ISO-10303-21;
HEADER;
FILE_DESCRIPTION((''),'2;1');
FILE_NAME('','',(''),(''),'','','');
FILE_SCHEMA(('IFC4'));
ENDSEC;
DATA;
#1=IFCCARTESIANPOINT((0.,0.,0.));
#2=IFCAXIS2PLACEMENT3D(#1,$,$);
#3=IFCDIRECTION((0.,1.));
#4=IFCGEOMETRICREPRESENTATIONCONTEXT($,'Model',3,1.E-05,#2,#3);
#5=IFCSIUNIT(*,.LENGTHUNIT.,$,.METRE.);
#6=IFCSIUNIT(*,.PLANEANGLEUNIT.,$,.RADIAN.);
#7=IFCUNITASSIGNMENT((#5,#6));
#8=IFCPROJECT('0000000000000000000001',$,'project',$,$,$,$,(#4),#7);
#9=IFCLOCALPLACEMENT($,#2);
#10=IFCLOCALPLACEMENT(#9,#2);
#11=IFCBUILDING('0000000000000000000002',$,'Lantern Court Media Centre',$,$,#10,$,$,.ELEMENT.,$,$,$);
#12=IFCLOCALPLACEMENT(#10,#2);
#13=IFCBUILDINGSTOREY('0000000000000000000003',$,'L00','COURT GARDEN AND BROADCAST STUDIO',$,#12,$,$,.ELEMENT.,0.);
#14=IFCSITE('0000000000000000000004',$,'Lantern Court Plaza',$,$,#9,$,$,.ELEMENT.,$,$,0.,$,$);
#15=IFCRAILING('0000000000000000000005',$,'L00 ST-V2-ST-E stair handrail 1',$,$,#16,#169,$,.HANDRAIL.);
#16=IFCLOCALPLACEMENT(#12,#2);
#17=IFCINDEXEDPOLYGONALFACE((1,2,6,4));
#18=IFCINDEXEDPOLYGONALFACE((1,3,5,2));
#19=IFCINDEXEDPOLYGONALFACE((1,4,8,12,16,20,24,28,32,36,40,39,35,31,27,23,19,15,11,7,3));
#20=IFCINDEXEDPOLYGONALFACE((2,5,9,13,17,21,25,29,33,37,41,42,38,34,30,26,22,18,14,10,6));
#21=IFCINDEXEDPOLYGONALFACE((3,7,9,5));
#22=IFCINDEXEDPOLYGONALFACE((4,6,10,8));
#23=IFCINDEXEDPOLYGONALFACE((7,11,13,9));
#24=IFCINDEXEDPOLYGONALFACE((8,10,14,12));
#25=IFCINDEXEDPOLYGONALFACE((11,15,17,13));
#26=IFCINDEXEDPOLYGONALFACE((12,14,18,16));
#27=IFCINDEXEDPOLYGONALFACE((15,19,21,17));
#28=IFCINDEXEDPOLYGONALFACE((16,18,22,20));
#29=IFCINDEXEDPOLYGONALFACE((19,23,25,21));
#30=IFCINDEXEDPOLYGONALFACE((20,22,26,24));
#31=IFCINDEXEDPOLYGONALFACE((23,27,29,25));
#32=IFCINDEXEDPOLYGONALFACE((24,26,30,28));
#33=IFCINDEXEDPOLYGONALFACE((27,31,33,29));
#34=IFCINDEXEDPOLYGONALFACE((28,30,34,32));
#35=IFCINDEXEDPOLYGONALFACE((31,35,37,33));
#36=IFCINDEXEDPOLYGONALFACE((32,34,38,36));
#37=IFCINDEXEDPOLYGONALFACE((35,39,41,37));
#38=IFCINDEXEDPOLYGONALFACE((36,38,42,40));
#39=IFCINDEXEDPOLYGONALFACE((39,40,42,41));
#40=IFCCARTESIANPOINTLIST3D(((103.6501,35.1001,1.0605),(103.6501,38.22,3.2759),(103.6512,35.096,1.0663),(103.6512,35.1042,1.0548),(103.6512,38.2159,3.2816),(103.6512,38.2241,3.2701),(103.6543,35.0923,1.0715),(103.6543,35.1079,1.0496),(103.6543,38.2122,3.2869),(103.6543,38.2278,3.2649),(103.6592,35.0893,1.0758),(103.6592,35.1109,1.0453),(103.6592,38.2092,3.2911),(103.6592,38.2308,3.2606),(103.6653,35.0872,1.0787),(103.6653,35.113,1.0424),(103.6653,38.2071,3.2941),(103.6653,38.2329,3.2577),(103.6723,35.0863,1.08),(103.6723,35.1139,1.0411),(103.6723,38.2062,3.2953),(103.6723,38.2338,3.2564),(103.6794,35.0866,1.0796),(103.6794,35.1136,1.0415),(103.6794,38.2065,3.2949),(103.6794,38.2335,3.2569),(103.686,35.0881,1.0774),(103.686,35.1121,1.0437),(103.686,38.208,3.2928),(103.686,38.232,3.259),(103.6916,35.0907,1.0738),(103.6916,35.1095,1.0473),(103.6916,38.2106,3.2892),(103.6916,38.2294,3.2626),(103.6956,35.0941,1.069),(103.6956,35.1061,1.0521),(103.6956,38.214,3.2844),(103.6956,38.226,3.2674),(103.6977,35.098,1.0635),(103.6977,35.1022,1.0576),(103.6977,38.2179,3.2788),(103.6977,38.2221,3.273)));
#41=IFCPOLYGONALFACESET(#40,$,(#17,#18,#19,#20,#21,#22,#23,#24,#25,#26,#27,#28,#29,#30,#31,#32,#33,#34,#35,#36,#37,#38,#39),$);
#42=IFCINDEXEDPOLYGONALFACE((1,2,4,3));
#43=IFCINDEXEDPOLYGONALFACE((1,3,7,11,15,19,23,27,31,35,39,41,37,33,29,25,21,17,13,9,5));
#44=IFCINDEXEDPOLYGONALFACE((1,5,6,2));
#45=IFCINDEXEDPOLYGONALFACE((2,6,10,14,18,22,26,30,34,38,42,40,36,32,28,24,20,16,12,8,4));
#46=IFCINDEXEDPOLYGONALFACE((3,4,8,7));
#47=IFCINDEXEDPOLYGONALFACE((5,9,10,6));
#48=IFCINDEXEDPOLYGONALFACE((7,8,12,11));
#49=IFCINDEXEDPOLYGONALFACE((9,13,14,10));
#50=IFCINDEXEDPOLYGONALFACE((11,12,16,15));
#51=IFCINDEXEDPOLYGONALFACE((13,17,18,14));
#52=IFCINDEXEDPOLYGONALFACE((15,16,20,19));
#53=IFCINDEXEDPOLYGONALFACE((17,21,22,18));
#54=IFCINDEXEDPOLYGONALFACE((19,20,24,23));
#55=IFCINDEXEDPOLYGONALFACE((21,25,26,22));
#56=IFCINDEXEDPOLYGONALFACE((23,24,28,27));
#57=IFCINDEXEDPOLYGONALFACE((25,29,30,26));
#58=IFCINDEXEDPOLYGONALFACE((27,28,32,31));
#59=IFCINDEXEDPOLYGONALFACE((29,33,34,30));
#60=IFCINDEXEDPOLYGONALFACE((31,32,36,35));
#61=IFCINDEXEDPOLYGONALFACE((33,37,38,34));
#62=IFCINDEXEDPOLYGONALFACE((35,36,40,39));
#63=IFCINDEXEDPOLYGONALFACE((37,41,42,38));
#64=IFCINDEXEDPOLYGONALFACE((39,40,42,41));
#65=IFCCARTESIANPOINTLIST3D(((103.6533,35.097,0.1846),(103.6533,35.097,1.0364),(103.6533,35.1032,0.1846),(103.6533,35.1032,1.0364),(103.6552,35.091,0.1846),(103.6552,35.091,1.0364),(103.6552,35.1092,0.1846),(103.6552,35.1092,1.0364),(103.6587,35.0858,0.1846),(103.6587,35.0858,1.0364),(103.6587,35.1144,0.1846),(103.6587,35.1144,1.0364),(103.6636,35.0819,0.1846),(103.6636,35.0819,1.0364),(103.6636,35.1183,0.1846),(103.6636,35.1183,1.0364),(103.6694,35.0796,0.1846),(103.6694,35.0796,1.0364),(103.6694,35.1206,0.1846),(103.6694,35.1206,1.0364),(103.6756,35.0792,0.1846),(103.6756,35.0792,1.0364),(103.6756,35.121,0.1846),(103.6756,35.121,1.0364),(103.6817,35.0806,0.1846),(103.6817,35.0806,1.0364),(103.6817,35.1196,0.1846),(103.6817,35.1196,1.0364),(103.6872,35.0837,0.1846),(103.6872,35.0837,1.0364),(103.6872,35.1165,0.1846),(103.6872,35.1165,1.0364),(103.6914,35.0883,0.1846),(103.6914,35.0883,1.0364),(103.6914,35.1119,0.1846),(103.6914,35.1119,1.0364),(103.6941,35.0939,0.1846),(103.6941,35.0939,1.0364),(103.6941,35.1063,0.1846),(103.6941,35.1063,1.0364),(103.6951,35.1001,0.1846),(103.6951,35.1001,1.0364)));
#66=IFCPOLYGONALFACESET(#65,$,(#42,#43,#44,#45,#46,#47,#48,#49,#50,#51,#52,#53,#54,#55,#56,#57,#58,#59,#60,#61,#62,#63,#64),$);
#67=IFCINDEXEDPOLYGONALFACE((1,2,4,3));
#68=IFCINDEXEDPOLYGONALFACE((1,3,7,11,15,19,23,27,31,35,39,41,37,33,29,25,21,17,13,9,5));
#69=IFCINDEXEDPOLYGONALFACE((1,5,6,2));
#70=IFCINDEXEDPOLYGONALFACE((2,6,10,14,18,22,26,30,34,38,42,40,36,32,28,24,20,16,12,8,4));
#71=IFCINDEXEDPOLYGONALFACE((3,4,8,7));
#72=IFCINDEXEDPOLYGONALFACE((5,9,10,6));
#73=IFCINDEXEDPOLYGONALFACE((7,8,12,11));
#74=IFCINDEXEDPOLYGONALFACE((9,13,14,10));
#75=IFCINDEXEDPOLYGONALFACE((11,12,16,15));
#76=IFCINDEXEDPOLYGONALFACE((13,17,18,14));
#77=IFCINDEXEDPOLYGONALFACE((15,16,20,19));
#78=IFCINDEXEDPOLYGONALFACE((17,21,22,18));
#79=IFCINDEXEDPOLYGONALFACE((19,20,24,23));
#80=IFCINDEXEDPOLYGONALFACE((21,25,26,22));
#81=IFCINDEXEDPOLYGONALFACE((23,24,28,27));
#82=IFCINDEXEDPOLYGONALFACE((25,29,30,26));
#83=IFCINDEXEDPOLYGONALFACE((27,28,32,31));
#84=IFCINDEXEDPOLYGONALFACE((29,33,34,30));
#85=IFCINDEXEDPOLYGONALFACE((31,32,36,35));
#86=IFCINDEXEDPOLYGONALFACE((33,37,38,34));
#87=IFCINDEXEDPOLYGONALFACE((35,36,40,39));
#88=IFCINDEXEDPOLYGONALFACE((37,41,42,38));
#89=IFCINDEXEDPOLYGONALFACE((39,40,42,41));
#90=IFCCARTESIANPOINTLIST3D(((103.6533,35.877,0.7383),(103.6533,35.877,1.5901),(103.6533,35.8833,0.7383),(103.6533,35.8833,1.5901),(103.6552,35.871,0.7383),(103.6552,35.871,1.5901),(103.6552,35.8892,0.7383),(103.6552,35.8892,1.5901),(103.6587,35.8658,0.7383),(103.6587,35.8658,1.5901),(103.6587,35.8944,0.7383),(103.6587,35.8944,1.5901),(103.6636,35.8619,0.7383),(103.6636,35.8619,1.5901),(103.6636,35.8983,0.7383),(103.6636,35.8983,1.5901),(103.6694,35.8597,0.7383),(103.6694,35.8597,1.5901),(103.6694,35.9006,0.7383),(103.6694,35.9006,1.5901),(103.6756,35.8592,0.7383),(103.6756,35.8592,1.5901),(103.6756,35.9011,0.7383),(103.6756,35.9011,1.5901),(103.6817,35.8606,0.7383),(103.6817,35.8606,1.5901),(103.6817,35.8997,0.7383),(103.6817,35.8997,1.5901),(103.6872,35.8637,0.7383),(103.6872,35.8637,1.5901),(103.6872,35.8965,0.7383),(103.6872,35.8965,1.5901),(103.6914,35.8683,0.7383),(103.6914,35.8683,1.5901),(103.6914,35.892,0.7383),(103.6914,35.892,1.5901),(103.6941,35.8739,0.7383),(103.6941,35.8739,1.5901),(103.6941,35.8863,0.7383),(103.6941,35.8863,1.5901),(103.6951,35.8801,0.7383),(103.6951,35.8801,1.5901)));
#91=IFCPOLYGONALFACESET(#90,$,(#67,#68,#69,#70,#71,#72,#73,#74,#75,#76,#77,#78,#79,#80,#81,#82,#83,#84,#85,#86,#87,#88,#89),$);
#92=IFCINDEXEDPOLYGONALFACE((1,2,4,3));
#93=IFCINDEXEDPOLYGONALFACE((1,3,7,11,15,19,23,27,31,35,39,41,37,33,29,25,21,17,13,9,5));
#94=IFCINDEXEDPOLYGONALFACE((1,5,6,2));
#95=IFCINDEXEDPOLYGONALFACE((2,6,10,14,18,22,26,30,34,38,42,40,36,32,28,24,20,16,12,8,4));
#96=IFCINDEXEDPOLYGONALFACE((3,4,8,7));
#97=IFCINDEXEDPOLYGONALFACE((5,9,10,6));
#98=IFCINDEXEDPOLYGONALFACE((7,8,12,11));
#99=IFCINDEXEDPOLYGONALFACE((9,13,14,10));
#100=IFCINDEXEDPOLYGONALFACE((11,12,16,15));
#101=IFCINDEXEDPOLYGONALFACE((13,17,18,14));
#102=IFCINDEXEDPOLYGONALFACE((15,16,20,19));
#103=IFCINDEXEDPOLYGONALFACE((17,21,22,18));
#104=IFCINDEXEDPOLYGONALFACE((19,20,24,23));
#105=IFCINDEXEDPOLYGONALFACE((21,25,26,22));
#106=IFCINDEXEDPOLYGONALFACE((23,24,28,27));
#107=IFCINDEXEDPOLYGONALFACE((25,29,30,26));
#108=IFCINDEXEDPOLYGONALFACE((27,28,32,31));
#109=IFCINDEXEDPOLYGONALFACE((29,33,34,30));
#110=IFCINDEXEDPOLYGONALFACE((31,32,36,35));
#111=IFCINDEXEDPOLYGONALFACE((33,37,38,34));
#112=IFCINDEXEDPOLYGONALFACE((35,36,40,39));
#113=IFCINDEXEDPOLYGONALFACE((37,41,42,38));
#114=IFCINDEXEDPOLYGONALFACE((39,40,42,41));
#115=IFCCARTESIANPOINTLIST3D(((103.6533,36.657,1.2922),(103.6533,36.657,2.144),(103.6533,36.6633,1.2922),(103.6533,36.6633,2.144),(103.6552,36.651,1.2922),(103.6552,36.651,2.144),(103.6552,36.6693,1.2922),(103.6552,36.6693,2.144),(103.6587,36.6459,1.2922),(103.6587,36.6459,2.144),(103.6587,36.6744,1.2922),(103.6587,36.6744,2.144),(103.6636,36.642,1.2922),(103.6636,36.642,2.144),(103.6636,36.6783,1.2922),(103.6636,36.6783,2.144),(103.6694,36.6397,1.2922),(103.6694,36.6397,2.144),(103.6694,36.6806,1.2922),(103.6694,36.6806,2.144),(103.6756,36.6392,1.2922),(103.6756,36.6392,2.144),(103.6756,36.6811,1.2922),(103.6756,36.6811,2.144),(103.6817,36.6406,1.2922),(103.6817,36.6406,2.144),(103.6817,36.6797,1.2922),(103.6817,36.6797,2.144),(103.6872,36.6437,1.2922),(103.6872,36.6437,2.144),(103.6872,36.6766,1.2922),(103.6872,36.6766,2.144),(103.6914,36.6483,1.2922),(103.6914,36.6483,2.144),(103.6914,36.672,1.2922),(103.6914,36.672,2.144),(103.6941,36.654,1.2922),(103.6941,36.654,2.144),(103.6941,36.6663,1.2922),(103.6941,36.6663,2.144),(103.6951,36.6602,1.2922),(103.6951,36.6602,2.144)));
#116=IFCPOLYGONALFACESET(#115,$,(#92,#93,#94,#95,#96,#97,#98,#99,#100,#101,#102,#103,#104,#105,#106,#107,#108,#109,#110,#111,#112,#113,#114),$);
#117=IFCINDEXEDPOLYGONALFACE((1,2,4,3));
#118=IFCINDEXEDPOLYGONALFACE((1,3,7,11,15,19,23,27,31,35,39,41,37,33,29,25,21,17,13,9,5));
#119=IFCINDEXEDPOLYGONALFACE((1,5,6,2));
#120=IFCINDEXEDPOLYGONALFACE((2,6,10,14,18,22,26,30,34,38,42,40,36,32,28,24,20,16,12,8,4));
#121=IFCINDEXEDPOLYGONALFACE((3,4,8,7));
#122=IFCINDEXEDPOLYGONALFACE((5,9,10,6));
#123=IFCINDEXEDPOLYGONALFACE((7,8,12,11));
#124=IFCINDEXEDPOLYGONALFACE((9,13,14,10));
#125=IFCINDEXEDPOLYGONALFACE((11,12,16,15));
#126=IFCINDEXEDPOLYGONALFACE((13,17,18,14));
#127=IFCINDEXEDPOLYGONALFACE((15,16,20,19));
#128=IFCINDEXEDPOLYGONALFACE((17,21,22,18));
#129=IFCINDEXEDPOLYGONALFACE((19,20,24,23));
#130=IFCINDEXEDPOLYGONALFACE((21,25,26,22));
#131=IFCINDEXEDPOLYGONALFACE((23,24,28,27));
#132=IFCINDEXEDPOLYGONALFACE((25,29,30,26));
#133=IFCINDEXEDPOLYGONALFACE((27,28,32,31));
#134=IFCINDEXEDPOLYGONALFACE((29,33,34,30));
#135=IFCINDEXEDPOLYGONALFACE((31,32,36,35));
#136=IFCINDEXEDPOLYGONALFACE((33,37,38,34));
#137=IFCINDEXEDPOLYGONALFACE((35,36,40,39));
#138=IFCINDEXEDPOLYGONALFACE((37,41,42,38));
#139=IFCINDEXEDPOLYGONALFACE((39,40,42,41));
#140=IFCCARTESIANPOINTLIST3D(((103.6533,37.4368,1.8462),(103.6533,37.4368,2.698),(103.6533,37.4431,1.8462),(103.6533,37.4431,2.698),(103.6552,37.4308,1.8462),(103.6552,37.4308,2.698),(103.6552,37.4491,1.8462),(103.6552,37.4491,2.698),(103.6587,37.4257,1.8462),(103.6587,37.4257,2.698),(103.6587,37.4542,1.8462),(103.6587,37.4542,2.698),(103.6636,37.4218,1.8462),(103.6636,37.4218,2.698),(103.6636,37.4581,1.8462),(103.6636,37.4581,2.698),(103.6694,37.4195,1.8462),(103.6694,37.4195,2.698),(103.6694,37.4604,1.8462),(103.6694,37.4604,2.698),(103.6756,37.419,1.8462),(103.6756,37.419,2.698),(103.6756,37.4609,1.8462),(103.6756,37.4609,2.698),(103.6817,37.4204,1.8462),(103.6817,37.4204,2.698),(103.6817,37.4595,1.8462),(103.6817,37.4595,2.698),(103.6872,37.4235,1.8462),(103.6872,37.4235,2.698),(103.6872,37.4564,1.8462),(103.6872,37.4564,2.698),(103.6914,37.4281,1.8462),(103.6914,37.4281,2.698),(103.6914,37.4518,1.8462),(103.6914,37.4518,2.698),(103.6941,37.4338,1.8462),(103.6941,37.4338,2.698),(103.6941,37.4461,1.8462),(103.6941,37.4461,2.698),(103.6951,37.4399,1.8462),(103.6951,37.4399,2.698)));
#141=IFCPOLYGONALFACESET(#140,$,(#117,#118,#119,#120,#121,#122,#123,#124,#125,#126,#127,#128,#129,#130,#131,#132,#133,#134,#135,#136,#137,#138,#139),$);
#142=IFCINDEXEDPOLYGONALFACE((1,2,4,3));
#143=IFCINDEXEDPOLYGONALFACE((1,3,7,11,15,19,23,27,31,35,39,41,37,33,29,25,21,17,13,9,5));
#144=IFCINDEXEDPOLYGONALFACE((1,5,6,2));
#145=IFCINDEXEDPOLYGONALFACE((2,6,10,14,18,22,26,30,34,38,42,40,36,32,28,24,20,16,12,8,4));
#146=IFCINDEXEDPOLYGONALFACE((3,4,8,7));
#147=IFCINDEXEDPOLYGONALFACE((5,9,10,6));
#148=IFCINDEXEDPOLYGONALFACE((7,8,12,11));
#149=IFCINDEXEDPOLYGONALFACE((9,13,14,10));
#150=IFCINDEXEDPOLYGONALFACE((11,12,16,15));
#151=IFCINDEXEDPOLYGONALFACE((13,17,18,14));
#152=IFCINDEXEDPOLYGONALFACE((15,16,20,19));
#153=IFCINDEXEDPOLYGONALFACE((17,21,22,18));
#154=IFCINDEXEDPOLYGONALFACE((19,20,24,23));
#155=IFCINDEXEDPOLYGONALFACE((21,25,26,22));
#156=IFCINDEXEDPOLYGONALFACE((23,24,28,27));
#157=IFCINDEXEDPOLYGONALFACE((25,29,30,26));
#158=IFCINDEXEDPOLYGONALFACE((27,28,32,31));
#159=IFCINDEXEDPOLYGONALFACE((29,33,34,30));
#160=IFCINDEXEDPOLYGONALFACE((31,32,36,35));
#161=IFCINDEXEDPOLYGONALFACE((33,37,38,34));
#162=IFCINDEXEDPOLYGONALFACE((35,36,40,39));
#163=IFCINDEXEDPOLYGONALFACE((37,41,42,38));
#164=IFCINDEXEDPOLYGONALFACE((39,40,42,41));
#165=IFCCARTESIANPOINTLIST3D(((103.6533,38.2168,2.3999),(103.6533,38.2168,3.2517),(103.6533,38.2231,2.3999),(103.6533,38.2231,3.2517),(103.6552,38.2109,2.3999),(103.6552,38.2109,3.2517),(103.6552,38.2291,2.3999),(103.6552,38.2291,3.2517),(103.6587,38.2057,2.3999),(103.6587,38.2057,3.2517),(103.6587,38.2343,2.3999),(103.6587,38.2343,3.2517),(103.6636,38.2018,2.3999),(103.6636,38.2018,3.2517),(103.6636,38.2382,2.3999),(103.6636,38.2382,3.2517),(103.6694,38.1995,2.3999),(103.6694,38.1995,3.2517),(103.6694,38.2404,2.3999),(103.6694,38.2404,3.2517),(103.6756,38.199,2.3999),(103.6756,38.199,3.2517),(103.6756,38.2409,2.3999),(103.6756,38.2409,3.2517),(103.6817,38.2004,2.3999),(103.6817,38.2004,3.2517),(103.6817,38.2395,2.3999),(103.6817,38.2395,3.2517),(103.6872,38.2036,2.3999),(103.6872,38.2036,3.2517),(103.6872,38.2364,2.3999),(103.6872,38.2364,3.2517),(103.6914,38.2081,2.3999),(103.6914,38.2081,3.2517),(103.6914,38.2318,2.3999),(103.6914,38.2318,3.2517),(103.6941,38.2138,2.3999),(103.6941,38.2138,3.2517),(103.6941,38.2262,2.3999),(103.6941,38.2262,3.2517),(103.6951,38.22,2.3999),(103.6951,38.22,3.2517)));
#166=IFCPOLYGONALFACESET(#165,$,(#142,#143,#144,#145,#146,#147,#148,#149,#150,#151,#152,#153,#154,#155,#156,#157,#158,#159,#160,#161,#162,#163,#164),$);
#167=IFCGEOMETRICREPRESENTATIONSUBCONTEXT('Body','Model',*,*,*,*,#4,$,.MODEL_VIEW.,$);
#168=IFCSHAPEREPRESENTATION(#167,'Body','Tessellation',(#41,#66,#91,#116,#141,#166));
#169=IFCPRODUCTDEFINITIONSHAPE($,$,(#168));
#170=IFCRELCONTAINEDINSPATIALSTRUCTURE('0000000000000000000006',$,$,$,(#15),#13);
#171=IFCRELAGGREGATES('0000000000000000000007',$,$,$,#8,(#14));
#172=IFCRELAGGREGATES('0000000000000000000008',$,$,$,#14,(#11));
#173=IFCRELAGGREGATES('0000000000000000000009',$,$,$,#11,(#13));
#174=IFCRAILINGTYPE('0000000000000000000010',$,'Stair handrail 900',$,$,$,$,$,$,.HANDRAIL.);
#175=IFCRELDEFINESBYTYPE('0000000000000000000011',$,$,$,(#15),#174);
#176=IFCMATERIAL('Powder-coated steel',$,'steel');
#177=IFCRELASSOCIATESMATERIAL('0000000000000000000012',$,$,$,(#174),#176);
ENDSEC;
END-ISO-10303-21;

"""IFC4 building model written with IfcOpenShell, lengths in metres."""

from ifc_helpers import new_model, si_unit, direction, frame, origin, origin_2d, place, context, subcontext, project, spatial, circle, extrude, material, type_object, element, save


model = new_model("IFC4")

# Units and contexts
model_context = context("Model", 3, precision=1e-05, world=origin(), true_north=direction((0.0, 1.0)))
body_context = subcontext(model_context, "Body", "Model", "MODEL_VIEW")
ifc_project = project(units=[si_unit("LENGTHUNIT", "METRE"), si_unit("PLANEANGLEUNIT", "RADIAN")], contexts=[model_context])

# Site, building, storey
site_placement = place(None, origin())
site = spatial("IfcSite", under=ifc_project, at=site_placement, Name="Lantern Court Plaza", CompositionType="ELEMENT", RefElevation=0.0)
building_placement = place(site_placement, origin())
building = spatial("IfcBuilding", under=site, at=building_placement, Name="Lantern Court Media Centre", CompositionType="ELEMENT")
storey_placement = place(building_placement, origin())
storey = spatial("IfcBuildingStorey", under=building, at=storey_placement, Name="L00", Description="COURT GARDEN AND BROADCAST STUDIO", CompositionType="ELEMENT", Elevation=0.0)

# Railing
ifc_material_1 = material(Name="Powder-coated steel", Category="steel")
railing_type_1 = type_object("IfcRailingType", Name="Stair handrail 900", PredefinedType="HANDRAIL", material=ifc_material_1)
railing_1_placement = place(storey_placement, frame((103.6741, 35.1001, 0.1846)))
element("IfcRailing", 1, at=railing_1_placement, inside=storey, type_object=railing_type_1, Name="L00 ST-V2-ST-E stair handrail 1", PredefinedType="HANDRAIL", context=body_context, shape_type="SweptSolid", body=[
    extrude(circle(Radius=0.0239, at=origin_2d()), frame((0.0, 0.0, 0.876), z_axis=(0.0, 0.815356, 0.578961), x_axis=(-1.0, 0.0, 0.0)), (0.0, 0.0, 1.0), 3.8264),
    extrude(circle(Radius=0.021, at=origin_2d()), origin(), (0.0, 0.0, 1.0), 0.8518),
    extrude(circle(Radius=0.021, at=origin_2d()), frame((0.0, 0.78, 0.5537)), (0.0, 0.0, 1.0), 0.8518),
    extrude(circle(Radius=0.021, at=origin_2d()), frame((0.0, 1.5601, 1.1077)), (0.0, 0.0, 1.0), 0.8518),
    extrude(circle(Radius=0.021, at=origin_2d()), frame((0.0, 2.3398, 1.6616)), (0.0, 0.0, 1.0), 0.8518),
    extrude(circle(Radius=0.021, at=origin_2d()), frame((0.0, 3.1199, 2.2153)), (0.0, 0.0, 1.0), 0.8518),
])

save(model, "model.ifc")
